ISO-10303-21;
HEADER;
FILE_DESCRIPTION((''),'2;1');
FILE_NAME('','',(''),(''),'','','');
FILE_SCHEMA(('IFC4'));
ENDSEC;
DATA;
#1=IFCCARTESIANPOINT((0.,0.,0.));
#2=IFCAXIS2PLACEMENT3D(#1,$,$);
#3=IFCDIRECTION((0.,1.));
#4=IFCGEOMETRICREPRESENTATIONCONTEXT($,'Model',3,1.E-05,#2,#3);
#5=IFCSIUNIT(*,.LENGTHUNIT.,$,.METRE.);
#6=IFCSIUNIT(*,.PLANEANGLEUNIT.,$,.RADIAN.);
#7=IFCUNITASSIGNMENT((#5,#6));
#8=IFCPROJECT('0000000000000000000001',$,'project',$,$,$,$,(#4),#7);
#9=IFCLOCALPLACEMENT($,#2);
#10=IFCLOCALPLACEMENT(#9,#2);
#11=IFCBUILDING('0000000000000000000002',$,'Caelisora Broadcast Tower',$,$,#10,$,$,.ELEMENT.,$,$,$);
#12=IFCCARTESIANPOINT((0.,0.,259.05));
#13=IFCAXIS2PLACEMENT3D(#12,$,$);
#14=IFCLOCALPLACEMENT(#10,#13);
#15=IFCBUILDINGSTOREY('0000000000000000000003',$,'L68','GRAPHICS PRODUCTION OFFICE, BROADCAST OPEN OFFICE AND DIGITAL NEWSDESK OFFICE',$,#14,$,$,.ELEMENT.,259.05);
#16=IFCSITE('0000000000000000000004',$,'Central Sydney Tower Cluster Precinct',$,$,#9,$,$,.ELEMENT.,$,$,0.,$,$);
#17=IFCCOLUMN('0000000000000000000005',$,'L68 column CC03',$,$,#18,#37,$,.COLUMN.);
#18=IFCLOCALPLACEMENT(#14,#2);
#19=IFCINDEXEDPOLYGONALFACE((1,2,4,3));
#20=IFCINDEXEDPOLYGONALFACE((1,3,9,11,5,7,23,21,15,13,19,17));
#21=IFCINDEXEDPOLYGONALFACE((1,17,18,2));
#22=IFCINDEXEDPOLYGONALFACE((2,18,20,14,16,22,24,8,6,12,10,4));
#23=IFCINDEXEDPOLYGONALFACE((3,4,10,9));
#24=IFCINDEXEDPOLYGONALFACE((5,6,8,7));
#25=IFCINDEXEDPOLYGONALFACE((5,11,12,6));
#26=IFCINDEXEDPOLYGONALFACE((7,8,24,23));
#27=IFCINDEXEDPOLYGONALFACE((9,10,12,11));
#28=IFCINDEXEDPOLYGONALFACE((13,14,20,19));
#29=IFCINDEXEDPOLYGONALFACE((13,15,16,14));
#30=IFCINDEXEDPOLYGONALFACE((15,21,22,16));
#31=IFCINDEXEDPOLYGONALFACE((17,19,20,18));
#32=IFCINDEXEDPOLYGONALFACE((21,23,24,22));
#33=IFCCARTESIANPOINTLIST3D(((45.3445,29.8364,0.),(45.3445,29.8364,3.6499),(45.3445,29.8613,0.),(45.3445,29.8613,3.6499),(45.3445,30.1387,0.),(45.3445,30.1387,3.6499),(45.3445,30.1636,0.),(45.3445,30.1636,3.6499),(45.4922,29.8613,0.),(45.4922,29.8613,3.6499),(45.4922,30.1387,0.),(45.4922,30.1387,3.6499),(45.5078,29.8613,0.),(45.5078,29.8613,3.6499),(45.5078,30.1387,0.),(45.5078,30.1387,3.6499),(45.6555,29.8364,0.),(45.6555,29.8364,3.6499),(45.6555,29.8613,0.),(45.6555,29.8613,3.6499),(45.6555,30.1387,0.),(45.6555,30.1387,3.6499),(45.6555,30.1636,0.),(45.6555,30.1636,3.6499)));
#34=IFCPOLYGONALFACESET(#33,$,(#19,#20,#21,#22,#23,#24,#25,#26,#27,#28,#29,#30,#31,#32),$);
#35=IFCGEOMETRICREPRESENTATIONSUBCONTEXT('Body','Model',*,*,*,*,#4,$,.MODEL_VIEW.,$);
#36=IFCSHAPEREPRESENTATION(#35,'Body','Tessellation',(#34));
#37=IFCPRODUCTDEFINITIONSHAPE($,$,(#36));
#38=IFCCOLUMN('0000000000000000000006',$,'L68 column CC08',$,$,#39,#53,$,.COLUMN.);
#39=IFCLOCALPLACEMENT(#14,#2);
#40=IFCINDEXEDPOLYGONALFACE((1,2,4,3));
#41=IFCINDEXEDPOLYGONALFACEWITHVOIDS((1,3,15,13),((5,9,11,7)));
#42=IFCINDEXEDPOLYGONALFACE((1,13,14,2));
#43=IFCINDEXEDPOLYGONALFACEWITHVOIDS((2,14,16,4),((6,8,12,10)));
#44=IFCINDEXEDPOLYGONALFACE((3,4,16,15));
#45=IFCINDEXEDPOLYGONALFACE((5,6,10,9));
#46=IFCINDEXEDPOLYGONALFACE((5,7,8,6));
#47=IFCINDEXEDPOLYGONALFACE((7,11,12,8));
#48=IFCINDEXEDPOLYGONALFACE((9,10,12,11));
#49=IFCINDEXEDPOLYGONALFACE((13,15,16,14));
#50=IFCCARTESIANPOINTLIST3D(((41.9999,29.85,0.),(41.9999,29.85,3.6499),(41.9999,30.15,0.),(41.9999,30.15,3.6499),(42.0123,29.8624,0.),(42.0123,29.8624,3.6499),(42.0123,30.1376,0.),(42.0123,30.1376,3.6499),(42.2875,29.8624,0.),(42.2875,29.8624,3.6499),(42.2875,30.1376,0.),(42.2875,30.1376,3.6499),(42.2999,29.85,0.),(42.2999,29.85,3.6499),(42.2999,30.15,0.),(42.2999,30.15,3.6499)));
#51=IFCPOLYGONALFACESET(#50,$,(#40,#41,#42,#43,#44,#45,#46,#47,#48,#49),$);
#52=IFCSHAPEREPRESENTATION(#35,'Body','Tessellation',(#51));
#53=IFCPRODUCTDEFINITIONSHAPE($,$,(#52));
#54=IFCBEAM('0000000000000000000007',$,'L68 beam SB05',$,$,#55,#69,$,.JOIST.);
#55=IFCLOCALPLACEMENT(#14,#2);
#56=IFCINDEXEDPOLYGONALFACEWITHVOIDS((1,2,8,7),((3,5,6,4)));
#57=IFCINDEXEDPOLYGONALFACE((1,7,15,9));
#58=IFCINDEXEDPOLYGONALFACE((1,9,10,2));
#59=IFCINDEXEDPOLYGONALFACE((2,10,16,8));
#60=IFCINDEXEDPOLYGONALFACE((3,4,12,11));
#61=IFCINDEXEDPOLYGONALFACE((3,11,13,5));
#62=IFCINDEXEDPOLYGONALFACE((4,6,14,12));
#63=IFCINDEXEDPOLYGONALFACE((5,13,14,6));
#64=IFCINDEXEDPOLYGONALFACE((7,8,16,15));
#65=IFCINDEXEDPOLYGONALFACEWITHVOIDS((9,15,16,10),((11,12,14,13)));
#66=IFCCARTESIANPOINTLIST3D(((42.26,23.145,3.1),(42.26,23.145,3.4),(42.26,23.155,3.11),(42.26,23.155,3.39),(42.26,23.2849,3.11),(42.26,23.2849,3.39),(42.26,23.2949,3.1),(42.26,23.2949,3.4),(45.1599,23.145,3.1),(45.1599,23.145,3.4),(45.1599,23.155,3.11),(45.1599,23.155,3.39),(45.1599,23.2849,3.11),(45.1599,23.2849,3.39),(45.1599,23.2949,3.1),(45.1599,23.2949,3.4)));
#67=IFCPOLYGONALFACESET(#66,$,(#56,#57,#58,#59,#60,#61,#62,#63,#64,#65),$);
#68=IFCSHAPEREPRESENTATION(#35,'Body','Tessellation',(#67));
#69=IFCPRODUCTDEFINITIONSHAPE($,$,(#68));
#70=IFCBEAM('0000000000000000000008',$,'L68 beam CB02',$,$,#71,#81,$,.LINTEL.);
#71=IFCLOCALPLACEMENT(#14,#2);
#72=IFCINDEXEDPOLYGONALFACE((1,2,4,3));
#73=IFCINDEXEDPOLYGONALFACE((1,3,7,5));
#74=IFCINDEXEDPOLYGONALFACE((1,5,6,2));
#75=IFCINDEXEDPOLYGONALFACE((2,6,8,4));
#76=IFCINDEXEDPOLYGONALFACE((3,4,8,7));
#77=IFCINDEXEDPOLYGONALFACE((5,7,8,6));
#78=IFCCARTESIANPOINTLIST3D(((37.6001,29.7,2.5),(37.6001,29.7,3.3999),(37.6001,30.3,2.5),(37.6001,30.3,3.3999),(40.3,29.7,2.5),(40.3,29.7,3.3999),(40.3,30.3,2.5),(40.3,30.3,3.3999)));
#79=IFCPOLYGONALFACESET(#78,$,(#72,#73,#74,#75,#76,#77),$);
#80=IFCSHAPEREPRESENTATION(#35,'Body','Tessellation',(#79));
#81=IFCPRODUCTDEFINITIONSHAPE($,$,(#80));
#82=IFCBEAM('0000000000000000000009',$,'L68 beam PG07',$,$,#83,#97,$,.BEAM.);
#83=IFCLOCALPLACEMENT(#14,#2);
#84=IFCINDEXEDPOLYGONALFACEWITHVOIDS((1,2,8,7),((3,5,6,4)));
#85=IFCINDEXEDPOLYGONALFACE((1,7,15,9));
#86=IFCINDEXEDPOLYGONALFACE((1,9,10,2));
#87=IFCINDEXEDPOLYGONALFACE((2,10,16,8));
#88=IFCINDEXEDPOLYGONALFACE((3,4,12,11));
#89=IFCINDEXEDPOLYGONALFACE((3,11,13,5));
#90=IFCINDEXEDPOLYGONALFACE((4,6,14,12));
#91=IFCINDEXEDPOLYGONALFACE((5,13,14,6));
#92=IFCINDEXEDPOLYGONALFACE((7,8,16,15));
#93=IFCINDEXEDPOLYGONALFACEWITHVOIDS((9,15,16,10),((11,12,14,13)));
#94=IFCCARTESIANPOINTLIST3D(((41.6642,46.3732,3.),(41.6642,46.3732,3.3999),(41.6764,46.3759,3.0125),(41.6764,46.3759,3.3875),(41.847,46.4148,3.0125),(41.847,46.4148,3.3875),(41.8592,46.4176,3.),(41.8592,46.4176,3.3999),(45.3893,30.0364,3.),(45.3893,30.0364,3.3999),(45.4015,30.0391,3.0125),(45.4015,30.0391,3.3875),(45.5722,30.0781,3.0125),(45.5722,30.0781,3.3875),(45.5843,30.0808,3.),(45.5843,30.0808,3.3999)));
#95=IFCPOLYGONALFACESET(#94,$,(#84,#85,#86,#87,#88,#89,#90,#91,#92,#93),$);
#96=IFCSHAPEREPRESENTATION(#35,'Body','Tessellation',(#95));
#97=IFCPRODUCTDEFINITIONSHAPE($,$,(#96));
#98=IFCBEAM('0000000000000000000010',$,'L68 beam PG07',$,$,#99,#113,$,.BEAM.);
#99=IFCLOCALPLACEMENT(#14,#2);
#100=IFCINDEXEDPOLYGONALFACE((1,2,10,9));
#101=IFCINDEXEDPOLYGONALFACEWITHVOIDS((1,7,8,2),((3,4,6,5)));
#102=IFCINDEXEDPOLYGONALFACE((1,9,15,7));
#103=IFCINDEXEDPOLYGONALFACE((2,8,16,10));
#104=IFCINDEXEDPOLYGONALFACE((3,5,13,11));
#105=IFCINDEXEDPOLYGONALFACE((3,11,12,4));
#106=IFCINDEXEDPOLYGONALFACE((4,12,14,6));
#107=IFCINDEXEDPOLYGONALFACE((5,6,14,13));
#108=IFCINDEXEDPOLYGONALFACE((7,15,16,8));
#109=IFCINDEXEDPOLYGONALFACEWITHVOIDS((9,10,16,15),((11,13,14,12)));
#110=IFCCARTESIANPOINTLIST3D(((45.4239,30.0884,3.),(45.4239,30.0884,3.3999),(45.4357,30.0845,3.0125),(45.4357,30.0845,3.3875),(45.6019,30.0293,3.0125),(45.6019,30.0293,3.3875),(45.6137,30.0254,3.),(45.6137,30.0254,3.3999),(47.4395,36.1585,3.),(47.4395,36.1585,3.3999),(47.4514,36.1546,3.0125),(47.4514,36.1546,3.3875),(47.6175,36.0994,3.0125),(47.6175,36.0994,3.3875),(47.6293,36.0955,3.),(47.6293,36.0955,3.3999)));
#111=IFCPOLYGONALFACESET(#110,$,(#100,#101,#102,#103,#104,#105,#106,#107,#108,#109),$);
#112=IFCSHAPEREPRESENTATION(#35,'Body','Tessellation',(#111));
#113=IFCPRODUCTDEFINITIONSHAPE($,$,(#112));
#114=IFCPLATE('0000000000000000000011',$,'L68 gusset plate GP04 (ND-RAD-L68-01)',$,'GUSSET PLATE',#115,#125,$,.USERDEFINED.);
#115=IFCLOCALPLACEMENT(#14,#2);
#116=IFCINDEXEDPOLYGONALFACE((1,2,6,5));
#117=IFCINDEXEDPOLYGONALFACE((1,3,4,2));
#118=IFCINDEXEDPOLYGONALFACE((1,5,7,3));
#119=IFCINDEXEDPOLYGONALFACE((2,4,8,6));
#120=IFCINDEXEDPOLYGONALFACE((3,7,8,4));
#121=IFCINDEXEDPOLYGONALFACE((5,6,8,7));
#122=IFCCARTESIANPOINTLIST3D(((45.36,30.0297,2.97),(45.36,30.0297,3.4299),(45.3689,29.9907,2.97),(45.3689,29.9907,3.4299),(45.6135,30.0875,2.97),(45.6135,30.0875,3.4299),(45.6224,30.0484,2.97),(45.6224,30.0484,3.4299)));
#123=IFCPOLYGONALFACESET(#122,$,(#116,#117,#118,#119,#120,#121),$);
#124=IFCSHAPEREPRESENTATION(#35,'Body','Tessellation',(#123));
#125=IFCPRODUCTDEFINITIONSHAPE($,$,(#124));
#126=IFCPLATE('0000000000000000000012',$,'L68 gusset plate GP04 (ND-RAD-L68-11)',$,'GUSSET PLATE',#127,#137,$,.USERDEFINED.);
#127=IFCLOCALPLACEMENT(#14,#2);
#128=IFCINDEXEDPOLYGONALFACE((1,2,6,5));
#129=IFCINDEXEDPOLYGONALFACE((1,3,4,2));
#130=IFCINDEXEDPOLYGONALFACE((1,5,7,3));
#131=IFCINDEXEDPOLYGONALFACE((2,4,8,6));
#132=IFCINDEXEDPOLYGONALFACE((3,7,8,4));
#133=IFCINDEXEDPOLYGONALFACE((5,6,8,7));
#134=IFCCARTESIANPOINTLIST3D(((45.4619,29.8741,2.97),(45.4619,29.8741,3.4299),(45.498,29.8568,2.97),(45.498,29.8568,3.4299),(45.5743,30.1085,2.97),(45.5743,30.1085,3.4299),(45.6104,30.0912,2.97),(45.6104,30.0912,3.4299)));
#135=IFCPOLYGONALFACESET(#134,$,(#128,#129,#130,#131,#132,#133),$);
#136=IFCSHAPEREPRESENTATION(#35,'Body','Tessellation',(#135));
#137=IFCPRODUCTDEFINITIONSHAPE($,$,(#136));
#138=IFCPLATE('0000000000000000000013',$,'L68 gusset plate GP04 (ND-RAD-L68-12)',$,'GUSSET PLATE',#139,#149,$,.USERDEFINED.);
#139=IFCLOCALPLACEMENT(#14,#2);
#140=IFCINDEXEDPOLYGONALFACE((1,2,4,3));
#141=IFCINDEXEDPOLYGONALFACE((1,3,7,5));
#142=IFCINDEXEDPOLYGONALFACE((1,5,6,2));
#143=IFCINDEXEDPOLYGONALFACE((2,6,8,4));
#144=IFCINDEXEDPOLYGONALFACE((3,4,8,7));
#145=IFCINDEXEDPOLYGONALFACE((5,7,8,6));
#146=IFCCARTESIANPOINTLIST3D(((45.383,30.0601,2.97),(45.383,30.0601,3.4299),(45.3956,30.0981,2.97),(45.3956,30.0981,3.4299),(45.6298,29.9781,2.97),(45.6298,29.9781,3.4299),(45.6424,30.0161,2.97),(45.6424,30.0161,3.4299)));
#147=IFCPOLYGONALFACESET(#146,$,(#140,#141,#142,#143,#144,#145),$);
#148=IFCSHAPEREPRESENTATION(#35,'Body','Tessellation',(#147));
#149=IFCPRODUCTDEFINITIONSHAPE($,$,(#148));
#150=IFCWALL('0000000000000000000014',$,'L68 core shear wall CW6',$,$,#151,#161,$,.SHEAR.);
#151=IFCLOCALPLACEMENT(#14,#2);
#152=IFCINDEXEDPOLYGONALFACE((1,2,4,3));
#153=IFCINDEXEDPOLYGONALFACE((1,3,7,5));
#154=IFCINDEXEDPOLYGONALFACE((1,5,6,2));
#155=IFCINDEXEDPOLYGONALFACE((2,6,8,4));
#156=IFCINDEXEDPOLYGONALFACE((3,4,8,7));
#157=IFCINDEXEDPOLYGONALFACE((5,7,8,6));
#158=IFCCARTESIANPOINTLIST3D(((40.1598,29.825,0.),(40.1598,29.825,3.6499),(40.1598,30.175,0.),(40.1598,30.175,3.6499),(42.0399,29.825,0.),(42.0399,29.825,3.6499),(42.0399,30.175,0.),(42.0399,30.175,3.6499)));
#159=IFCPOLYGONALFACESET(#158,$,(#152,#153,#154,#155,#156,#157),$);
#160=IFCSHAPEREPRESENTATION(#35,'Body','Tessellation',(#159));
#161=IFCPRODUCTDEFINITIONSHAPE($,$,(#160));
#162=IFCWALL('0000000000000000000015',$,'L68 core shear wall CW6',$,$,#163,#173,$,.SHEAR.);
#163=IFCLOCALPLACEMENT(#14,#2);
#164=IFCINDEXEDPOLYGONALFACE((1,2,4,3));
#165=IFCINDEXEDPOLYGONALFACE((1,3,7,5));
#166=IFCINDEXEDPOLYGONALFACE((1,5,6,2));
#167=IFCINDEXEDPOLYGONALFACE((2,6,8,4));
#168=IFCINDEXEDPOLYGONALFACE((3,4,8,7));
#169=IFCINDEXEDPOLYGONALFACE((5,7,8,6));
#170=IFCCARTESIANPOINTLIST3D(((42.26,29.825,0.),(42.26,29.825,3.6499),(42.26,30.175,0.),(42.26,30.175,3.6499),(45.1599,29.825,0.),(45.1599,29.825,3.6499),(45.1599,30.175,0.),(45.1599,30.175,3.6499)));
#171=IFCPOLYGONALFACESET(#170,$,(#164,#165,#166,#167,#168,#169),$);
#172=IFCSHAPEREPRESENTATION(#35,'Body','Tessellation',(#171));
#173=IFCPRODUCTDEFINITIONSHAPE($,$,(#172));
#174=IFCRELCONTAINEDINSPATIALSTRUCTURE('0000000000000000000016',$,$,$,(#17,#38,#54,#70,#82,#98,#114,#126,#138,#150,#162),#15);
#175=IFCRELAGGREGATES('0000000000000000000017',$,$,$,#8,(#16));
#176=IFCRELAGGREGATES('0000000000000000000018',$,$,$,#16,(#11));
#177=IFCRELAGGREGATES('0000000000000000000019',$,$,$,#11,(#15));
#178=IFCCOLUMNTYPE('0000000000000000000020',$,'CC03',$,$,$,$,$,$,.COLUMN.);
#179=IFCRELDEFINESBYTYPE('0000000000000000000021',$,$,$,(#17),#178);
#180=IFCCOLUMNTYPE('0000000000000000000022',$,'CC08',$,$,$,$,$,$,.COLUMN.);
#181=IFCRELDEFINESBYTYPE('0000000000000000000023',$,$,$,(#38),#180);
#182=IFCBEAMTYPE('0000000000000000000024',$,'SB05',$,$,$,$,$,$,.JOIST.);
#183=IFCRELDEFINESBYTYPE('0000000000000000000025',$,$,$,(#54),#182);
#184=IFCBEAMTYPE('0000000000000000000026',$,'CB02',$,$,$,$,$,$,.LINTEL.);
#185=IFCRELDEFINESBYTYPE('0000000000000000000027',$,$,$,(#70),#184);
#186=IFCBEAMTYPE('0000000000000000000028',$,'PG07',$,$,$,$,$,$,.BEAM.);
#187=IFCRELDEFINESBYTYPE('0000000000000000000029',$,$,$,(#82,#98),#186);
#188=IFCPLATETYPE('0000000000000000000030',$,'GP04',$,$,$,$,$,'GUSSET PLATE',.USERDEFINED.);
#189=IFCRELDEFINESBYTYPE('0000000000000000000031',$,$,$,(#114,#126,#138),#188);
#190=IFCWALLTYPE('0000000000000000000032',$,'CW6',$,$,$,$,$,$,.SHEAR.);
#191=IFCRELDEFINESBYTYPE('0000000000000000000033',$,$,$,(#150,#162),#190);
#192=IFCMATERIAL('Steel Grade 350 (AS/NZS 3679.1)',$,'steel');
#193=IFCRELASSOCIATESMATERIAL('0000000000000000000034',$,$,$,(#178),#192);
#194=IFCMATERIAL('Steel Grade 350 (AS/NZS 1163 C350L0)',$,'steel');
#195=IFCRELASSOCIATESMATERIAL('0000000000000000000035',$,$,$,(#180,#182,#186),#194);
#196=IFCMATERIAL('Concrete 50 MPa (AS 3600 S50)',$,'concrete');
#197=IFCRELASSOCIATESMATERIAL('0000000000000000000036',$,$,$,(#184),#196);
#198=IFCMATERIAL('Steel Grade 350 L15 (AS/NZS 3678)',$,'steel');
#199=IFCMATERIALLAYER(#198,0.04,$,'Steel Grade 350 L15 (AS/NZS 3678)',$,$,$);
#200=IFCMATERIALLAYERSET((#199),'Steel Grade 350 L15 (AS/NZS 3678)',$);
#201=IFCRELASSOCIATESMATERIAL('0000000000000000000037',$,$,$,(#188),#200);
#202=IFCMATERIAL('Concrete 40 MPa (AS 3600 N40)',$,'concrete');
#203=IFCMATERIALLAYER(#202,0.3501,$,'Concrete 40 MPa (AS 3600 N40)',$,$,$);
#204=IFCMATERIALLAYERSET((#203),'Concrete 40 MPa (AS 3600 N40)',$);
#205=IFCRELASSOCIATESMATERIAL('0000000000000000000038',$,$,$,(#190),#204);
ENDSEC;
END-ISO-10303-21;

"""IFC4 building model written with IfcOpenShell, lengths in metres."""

from ifc_helpers import new_model, si_unit, direction, frame, frame_2d, origin, origin_2d, place, context, subcontext, project, spatial, rectangle, hollow_rectangle, i_section, extrude, source, transform, mapped, material, layer, layer_set, material_profile, profile_set, type_object, type_shapes, element, save


model = new_model("IFC4")

# Units and contexts
model_context = context("Model", 3, precision=1e-05, world=origin(), true_north=direction((0.0, 1.0)))
body_context = subcontext(model_context, "Body", "Model", "MODEL_VIEW")
ifc_project = project(units=[si_unit("LENGTHUNIT", "METRE"), si_unit("PLANEANGLEUNIT", "RADIAN")], contexts=[model_context])

# Site, building, storey
site_placement = place(None, origin())
site = spatial("IfcSite", under=ifc_project, at=site_placement, Name="Central Sydney Tower Cluster Precinct", CompositionType="ELEMENT", RefElevation=0.0)
building_placement = place(site_placement, origin())
building = spatial("IfcBuilding", under=site, at=building_placement, Name="Caelisora Broadcast Tower", CompositionType="ELEMENT")
storey_placement = place(building_placement, frame((0.0, 0.0, 259.05)))
storey = spatial("IfcBuildingStorey", under=building, at=storey_placement, Name="L68", Description="GRAPHICS PRODUCTION OFFICE, BROADCAST OPEN OFFICE AND DIGITAL NEWSDESK OFFICE", CompositionType="ELEMENT", Elevation=259.05)

# Columns
ifc_material_1 = material(Name="Steel Grade 350 (AS/NZS 3679.1)", Category="steel")
ifc_material_profile_1 = material_profile(ifc_material_1, i_section(OverallWidth=0.311, OverallDepth=0.3271, WebThickness=0.0156, FlangeThickness=0.0249, at=origin_2d()), Name="Steel Grade 350 (AS/NZS 3679.1)")
ifc_profile_set_1 = profile_set([ifc_material_profile_1], Name="Steel Grade 350 (AS/NZS 3679.1)")
column_type_1 = type_object("IfcColumnType", Name="CC03", PredefinedType="COLUMN", material=ifc_profile_set_1)
shared_shape_1 = source(origin(), body_context, "Body", "SweptSolid", [
    extrude(i_section(OverallWidth=0.311, OverallDepth=0.3271, WebThickness=0.0156, FlangeThickness=0.0249, at=origin_2d()), origin(), (0.0, 0.0, 1.0), 3.6499),
])
type_shapes(column_type_1, [shared_shape_1])
column_1_placement = place(storey_placement, frame((45.5, 30.0, 0.0), z_axis=(0.0, 0.0, 1.0), x_axis=(1.0, 0.0, 0.0)))
element("IfcColumn", 1, at=column_1_placement, inside=storey, type_object=column_type_1, Name="L68 column CC03", PredefinedType="COLUMN", context=body_context, shape_type="MappedRepresentation", body=[
    mapped(shared_shape_1, transform((0.0, 0.0, 0.0), scale=1.0)),
])
ifc_material_2 = material(Name="Steel Grade 350 (AS/NZS 1163 C350L0)", Category="steel")
ifc_material_profile_2 = material_profile(ifc_material_2, hollow_rectangle(XDim=0.3, YDim=0.3, WallThickness=0.0125, at=origin_2d()), Name="Steel Grade 350 (AS/NZS 1163 C350L0)")
ifc_profile_set_2 = profile_set([ifc_material_profile_2], Name="Steel Grade 350 (AS/NZS 1163 C350L0)")
column_type_2 = type_object("IfcColumnType", Name="CC08", PredefinedType="COLUMN", material=ifc_profile_set_2)
shared_shape_2 = source(origin(), body_context, "Body", "SweptSolid", [
    extrude(hollow_rectangle(XDim=0.3, YDim=0.3, WallThickness=0.0125, at=origin_2d()), origin(), (0.0, 0.0, 1.0), 3.6499),
])
type_shapes(column_type_2, [shared_shape_2])
column_2_placement = place(storey_placement, frame((42.1499, 30.0, 0.0), z_axis=(0.0, 0.0, 1.0), x_axis=(1.0, 0.0, 0.0)))
element("IfcColumn", 2, at=column_2_placement, inside=storey, type_object=column_type_2, Name="L68 column CC08", PredefinedType="COLUMN", context=body_context, shape_type="MappedRepresentation", body=[
    mapped(shared_shape_2, transform((0.0, 0.0, 0.0), scale=1.0)),
])

# Beams
ifc_material_profile_3 = material_profile(ifc_material_2, hollow_rectangle(XDim=0.1499, YDim=0.3, WallThickness=0.01, at=origin_2d()), Name="Steel Grade 350 (AS/NZS 1163 C350L0)")
ifc_profile_set_3 = profile_set([ifc_material_profile_3], Name="Steel Grade 350 (AS/NZS 1163 C350L0)")
beam_type_1 = type_object("IfcBeamType", Name="SB05", PredefinedType="JOIST", material=ifc_profile_set_3)
shared_shape_3 = source(origin(), body_context, "Body", "SweptSolid", [
    extrude(hollow_rectangle(XDim=0.1499, YDim=0.3, WallThickness=0.01, at=origin_2d()), origin(), (0.0, 0.0, 1.0), 2.8999),
])
type_shapes(beam_type_1, [shared_shape_3])
beam_1_placement = place(storey_placement, frame((42.26, 23.22, 3.25), z_axis=(1.0, 0.0, 0.0), x_axis=(0.0, 1.0, 0.0)))
element("IfcBeam", 3, at=beam_1_placement, inside=storey, type_object=beam_type_1, Name="L68 beam SB05", PredefinedType="JOIST", context=body_context, shape_type="MappedRepresentation", body=[
    mapped(shared_shape_3, transform((0.0, 0.0, 0.0), scale=1.0)),
])
ifc_material_3 = material(Name="Concrete 50 MPa (AS 3600 S50)", Category="concrete")
ifc_material_profile_4 = material_profile(ifc_material_3, rectangle(XDim=0.6001, YDim=0.8999, at=origin_2d()), Name="Concrete 50 MPa (AS 3600 S50)")
ifc_profile_set_4 = profile_set([ifc_material_profile_4], Name="Concrete 50 MPa (AS 3600 S50)")
beam_type_2 = type_object("IfcBeamType", Name="CB02", PredefinedType="LINTEL", material=ifc_profile_set_4)
shared_shape_4 = source(origin(), body_context, "Body", "SweptSolid", [
    extrude(rectangle(XDim=0.6001, YDim=0.8999, at=origin_2d()), origin(), (0.0, 0.0, 1.0), 2.7),
])
type_shapes(beam_type_2, [shared_shape_4])
beam_2_placement = place(storey_placement, frame((37.6001, 30.0, 2.95), z_axis=(1.0, 0.0, 0.0), x_axis=(0.0, 1.0, 0.0)))
element("IfcBeam", 4, at=beam_2_placement, inside=storey, type_object=beam_type_2, Name="L68 beam CB02", PredefinedType="LINTEL", context=body_context, shape_type="MappedRepresentation", body=[
    mapped(shared_shape_4, transform((0.0, 0.0, 0.0), scale=1.0)),
])
ifc_material_profile_5 = material_profile(ifc_material_2, hollow_rectangle(XDim=0.2, YDim=0.3999, WallThickness=0.0125, at=origin_2d()), Name="Steel Grade 350 (AS/NZS 1163 C350L0)")
ifc_profile_set_5 = profile_set([ifc_material_profile_5], Name="Steel Grade 350 (AS/NZS 1163 C350L0)")
beam_type_3 = type_object("IfcBeamType", Name="PG07", PredefinedType="BEAM", material=ifc_profile_set_5)
shared_shape_5 = source(origin(), body_context, "Body", "SweptSolid", [
    extrude(hollow_rectangle(XDim=0.2, YDim=0.3999, WallThickness=0.0125, at=origin_2d()), origin(), (0.0, 0.0, 1.0), 16.7561),
])
beam_3_placement = place(storey_placement, frame((45.4868, 30.0586, 3.2), z_axis=(-0.222314, 0.974975, 0.0), x_axis=(-0.974975, -0.222314, 0.0)))
element("IfcBeam", 5, at=beam_3_placement, inside=storey, type_object=beam_type_3, Name="L68 beam PG07", PredefinedType="BEAM", context=body_context, shape_type="MappedRepresentation", body=[
    mapped(shared_shape_5, transform((0.0, 0.0, 0.0), scale=1.0)),
])
shared_shape_6 = source(origin(), body_context, "Body", "SweptSolid", [
    extrude(hollow_rectangle(XDim=0.2, YDim=0.3999, WallThickness=0.0125, at=origin_2d()), origin(), (0.0, 0.0, 1.0), 6.396),
])
type_shapes(beam_type_3, [shared_shape_5, shared_shape_6])
beam_4_placement = place(storey_placement, frame((45.5188, 30.0569, 3.2), z_axis=(0.31514, 0.949045, 0.0), x_axis=(-0.949045, 0.31514, 0.0)))
element("IfcBeam", 6, at=beam_4_placement, inside=storey, type_object=beam_type_3, Name="L68 beam PG07", PredefinedType="BEAM", context=body_context, shape_type="MappedRepresentation", body=[
    mapped(shared_shape_6, transform((0.0, 0.0, 0.0), scale=1.0)),
])

# Plates
ifc_material_4 = material(Name="Steel Grade 350 L15 (AS/NZS 3678)", Category="steel")
ifc_layer_1 = layer(ifc_material_4, 0.04, Name="Steel Grade 350 L15 (AS/NZS 3678)")
ifc_layer_set_1 = layer_set([ifc_layer_1], Name="Steel Grade 350 L15 (AS/NZS 3678)")
plate_type = type_object("IfcPlateType", Name="GP04", ElementType="GUSSET PLATE", PredefinedType="USERDEFINED", material=ifc_layer_set_1)
shared_shape_7 = source(origin(), body_context, "Body", "SweptSolid", [
    extrude(rectangle(XDim=0.26, YDim=0.04, at=origin_2d()), origin(), (0.0, 0.0, 1.0), 0.46),
])
type_shapes(plate_type, [shared_shape_7])
for number, where, z_axis, x_axis, name in (
    (7, (45.4912, 30.0391, 2.97), (0.0, 0.0, 1.0), (-0.974994, -0.222229, 0.0), "L68 gusset plate GP04 (ND-RAD-L68-01)"),
    (8, (45.5361, 29.9827, 2.97), (0.0, 0.0, 1.0), (0.432401, 0.901682, 0.0), "L68 gusset plate GP04 (ND-RAD-L68-11)"),
    (9, (45.5127, 30.0381, 2.97), (0.0, 0.0, 1.0), (-0.949041, 0.315152, 0.0), "L68 gusset plate GP04 (ND-RAD-L68-12)"),
):
    element("IfcPlate", number, at=place(storey_placement, frame(where, z_axis=z_axis, x_axis=x_axis)), inside=storey, type_object=plate_type, Name=name, ObjectType="GUSSET PLATE", PredefinedType="USERDEFINED", context=body_context, shape_type="MappedRepresentation", body=[
        mapped(shared_shape_7, transform((0.0, 0.0, 0.0), scale=1.0)),
    ])

# Walls
ifc_material_5 = material(Name="Concrete 40 MPa (AS 3600 N40)", Category="concrete")
ifc_layer_2 = layer(ifc_material_5, 0.3501, Name="Concrete 40 MPa (AS 3600 N40)")
ifc_layer_set_2 = layer_set([ifc_layer_2], Name="Concrete 40 MPa (AS 3600 N40)")
wall_type_1 = type_object("IfcWallType", Name="CW6", PredefinedType="SHEAR", material=ifc_layer_set_2)
wall_1_placement = place(storey_placement, frame((40.1599, 30.0, 0.0), z_axis=(0.0, 0.0, 1.0), x_axis=(1.0, 0.0, 0.0)))
element("IfcWall", 10, at=wall_1_placement, inside=storey, type_object=wall_type_1, Name="L68 core shear wall CW6", PredefinedType="SHEAR", context=body_context, shape_type="SweptSolid", body=[
    extrude(rectangle(XDim=1.8801, YDim=0.3501, at=frame_2d((0.9399, 0.0))), origin(), (0.0, 0.0, 1.0), 3.6499),
])
wall_2_placement = place(storey_placement, frame((42.26, 30.0, 0.0), z_axis=(0.0, 0.0, 1.0), x_axis=(1.0, 0.0, 0.0)))
element("IfcWall", 11, at=wall_2_placement, inside=storey, type_object=wall_type_1, Name="L68 core shear wall CW6", PredefinedType="SHEAR", context=body_context, shape_type="SweptSolid", body=[
    extrude(rectangle(XDim=2.8999, YDim=0.3501, at=frame_2d((1.45, 0.0))), origin(), (0.0, 0.0, 1.0), 3.6499),
])

save(model, "model.ifc")
